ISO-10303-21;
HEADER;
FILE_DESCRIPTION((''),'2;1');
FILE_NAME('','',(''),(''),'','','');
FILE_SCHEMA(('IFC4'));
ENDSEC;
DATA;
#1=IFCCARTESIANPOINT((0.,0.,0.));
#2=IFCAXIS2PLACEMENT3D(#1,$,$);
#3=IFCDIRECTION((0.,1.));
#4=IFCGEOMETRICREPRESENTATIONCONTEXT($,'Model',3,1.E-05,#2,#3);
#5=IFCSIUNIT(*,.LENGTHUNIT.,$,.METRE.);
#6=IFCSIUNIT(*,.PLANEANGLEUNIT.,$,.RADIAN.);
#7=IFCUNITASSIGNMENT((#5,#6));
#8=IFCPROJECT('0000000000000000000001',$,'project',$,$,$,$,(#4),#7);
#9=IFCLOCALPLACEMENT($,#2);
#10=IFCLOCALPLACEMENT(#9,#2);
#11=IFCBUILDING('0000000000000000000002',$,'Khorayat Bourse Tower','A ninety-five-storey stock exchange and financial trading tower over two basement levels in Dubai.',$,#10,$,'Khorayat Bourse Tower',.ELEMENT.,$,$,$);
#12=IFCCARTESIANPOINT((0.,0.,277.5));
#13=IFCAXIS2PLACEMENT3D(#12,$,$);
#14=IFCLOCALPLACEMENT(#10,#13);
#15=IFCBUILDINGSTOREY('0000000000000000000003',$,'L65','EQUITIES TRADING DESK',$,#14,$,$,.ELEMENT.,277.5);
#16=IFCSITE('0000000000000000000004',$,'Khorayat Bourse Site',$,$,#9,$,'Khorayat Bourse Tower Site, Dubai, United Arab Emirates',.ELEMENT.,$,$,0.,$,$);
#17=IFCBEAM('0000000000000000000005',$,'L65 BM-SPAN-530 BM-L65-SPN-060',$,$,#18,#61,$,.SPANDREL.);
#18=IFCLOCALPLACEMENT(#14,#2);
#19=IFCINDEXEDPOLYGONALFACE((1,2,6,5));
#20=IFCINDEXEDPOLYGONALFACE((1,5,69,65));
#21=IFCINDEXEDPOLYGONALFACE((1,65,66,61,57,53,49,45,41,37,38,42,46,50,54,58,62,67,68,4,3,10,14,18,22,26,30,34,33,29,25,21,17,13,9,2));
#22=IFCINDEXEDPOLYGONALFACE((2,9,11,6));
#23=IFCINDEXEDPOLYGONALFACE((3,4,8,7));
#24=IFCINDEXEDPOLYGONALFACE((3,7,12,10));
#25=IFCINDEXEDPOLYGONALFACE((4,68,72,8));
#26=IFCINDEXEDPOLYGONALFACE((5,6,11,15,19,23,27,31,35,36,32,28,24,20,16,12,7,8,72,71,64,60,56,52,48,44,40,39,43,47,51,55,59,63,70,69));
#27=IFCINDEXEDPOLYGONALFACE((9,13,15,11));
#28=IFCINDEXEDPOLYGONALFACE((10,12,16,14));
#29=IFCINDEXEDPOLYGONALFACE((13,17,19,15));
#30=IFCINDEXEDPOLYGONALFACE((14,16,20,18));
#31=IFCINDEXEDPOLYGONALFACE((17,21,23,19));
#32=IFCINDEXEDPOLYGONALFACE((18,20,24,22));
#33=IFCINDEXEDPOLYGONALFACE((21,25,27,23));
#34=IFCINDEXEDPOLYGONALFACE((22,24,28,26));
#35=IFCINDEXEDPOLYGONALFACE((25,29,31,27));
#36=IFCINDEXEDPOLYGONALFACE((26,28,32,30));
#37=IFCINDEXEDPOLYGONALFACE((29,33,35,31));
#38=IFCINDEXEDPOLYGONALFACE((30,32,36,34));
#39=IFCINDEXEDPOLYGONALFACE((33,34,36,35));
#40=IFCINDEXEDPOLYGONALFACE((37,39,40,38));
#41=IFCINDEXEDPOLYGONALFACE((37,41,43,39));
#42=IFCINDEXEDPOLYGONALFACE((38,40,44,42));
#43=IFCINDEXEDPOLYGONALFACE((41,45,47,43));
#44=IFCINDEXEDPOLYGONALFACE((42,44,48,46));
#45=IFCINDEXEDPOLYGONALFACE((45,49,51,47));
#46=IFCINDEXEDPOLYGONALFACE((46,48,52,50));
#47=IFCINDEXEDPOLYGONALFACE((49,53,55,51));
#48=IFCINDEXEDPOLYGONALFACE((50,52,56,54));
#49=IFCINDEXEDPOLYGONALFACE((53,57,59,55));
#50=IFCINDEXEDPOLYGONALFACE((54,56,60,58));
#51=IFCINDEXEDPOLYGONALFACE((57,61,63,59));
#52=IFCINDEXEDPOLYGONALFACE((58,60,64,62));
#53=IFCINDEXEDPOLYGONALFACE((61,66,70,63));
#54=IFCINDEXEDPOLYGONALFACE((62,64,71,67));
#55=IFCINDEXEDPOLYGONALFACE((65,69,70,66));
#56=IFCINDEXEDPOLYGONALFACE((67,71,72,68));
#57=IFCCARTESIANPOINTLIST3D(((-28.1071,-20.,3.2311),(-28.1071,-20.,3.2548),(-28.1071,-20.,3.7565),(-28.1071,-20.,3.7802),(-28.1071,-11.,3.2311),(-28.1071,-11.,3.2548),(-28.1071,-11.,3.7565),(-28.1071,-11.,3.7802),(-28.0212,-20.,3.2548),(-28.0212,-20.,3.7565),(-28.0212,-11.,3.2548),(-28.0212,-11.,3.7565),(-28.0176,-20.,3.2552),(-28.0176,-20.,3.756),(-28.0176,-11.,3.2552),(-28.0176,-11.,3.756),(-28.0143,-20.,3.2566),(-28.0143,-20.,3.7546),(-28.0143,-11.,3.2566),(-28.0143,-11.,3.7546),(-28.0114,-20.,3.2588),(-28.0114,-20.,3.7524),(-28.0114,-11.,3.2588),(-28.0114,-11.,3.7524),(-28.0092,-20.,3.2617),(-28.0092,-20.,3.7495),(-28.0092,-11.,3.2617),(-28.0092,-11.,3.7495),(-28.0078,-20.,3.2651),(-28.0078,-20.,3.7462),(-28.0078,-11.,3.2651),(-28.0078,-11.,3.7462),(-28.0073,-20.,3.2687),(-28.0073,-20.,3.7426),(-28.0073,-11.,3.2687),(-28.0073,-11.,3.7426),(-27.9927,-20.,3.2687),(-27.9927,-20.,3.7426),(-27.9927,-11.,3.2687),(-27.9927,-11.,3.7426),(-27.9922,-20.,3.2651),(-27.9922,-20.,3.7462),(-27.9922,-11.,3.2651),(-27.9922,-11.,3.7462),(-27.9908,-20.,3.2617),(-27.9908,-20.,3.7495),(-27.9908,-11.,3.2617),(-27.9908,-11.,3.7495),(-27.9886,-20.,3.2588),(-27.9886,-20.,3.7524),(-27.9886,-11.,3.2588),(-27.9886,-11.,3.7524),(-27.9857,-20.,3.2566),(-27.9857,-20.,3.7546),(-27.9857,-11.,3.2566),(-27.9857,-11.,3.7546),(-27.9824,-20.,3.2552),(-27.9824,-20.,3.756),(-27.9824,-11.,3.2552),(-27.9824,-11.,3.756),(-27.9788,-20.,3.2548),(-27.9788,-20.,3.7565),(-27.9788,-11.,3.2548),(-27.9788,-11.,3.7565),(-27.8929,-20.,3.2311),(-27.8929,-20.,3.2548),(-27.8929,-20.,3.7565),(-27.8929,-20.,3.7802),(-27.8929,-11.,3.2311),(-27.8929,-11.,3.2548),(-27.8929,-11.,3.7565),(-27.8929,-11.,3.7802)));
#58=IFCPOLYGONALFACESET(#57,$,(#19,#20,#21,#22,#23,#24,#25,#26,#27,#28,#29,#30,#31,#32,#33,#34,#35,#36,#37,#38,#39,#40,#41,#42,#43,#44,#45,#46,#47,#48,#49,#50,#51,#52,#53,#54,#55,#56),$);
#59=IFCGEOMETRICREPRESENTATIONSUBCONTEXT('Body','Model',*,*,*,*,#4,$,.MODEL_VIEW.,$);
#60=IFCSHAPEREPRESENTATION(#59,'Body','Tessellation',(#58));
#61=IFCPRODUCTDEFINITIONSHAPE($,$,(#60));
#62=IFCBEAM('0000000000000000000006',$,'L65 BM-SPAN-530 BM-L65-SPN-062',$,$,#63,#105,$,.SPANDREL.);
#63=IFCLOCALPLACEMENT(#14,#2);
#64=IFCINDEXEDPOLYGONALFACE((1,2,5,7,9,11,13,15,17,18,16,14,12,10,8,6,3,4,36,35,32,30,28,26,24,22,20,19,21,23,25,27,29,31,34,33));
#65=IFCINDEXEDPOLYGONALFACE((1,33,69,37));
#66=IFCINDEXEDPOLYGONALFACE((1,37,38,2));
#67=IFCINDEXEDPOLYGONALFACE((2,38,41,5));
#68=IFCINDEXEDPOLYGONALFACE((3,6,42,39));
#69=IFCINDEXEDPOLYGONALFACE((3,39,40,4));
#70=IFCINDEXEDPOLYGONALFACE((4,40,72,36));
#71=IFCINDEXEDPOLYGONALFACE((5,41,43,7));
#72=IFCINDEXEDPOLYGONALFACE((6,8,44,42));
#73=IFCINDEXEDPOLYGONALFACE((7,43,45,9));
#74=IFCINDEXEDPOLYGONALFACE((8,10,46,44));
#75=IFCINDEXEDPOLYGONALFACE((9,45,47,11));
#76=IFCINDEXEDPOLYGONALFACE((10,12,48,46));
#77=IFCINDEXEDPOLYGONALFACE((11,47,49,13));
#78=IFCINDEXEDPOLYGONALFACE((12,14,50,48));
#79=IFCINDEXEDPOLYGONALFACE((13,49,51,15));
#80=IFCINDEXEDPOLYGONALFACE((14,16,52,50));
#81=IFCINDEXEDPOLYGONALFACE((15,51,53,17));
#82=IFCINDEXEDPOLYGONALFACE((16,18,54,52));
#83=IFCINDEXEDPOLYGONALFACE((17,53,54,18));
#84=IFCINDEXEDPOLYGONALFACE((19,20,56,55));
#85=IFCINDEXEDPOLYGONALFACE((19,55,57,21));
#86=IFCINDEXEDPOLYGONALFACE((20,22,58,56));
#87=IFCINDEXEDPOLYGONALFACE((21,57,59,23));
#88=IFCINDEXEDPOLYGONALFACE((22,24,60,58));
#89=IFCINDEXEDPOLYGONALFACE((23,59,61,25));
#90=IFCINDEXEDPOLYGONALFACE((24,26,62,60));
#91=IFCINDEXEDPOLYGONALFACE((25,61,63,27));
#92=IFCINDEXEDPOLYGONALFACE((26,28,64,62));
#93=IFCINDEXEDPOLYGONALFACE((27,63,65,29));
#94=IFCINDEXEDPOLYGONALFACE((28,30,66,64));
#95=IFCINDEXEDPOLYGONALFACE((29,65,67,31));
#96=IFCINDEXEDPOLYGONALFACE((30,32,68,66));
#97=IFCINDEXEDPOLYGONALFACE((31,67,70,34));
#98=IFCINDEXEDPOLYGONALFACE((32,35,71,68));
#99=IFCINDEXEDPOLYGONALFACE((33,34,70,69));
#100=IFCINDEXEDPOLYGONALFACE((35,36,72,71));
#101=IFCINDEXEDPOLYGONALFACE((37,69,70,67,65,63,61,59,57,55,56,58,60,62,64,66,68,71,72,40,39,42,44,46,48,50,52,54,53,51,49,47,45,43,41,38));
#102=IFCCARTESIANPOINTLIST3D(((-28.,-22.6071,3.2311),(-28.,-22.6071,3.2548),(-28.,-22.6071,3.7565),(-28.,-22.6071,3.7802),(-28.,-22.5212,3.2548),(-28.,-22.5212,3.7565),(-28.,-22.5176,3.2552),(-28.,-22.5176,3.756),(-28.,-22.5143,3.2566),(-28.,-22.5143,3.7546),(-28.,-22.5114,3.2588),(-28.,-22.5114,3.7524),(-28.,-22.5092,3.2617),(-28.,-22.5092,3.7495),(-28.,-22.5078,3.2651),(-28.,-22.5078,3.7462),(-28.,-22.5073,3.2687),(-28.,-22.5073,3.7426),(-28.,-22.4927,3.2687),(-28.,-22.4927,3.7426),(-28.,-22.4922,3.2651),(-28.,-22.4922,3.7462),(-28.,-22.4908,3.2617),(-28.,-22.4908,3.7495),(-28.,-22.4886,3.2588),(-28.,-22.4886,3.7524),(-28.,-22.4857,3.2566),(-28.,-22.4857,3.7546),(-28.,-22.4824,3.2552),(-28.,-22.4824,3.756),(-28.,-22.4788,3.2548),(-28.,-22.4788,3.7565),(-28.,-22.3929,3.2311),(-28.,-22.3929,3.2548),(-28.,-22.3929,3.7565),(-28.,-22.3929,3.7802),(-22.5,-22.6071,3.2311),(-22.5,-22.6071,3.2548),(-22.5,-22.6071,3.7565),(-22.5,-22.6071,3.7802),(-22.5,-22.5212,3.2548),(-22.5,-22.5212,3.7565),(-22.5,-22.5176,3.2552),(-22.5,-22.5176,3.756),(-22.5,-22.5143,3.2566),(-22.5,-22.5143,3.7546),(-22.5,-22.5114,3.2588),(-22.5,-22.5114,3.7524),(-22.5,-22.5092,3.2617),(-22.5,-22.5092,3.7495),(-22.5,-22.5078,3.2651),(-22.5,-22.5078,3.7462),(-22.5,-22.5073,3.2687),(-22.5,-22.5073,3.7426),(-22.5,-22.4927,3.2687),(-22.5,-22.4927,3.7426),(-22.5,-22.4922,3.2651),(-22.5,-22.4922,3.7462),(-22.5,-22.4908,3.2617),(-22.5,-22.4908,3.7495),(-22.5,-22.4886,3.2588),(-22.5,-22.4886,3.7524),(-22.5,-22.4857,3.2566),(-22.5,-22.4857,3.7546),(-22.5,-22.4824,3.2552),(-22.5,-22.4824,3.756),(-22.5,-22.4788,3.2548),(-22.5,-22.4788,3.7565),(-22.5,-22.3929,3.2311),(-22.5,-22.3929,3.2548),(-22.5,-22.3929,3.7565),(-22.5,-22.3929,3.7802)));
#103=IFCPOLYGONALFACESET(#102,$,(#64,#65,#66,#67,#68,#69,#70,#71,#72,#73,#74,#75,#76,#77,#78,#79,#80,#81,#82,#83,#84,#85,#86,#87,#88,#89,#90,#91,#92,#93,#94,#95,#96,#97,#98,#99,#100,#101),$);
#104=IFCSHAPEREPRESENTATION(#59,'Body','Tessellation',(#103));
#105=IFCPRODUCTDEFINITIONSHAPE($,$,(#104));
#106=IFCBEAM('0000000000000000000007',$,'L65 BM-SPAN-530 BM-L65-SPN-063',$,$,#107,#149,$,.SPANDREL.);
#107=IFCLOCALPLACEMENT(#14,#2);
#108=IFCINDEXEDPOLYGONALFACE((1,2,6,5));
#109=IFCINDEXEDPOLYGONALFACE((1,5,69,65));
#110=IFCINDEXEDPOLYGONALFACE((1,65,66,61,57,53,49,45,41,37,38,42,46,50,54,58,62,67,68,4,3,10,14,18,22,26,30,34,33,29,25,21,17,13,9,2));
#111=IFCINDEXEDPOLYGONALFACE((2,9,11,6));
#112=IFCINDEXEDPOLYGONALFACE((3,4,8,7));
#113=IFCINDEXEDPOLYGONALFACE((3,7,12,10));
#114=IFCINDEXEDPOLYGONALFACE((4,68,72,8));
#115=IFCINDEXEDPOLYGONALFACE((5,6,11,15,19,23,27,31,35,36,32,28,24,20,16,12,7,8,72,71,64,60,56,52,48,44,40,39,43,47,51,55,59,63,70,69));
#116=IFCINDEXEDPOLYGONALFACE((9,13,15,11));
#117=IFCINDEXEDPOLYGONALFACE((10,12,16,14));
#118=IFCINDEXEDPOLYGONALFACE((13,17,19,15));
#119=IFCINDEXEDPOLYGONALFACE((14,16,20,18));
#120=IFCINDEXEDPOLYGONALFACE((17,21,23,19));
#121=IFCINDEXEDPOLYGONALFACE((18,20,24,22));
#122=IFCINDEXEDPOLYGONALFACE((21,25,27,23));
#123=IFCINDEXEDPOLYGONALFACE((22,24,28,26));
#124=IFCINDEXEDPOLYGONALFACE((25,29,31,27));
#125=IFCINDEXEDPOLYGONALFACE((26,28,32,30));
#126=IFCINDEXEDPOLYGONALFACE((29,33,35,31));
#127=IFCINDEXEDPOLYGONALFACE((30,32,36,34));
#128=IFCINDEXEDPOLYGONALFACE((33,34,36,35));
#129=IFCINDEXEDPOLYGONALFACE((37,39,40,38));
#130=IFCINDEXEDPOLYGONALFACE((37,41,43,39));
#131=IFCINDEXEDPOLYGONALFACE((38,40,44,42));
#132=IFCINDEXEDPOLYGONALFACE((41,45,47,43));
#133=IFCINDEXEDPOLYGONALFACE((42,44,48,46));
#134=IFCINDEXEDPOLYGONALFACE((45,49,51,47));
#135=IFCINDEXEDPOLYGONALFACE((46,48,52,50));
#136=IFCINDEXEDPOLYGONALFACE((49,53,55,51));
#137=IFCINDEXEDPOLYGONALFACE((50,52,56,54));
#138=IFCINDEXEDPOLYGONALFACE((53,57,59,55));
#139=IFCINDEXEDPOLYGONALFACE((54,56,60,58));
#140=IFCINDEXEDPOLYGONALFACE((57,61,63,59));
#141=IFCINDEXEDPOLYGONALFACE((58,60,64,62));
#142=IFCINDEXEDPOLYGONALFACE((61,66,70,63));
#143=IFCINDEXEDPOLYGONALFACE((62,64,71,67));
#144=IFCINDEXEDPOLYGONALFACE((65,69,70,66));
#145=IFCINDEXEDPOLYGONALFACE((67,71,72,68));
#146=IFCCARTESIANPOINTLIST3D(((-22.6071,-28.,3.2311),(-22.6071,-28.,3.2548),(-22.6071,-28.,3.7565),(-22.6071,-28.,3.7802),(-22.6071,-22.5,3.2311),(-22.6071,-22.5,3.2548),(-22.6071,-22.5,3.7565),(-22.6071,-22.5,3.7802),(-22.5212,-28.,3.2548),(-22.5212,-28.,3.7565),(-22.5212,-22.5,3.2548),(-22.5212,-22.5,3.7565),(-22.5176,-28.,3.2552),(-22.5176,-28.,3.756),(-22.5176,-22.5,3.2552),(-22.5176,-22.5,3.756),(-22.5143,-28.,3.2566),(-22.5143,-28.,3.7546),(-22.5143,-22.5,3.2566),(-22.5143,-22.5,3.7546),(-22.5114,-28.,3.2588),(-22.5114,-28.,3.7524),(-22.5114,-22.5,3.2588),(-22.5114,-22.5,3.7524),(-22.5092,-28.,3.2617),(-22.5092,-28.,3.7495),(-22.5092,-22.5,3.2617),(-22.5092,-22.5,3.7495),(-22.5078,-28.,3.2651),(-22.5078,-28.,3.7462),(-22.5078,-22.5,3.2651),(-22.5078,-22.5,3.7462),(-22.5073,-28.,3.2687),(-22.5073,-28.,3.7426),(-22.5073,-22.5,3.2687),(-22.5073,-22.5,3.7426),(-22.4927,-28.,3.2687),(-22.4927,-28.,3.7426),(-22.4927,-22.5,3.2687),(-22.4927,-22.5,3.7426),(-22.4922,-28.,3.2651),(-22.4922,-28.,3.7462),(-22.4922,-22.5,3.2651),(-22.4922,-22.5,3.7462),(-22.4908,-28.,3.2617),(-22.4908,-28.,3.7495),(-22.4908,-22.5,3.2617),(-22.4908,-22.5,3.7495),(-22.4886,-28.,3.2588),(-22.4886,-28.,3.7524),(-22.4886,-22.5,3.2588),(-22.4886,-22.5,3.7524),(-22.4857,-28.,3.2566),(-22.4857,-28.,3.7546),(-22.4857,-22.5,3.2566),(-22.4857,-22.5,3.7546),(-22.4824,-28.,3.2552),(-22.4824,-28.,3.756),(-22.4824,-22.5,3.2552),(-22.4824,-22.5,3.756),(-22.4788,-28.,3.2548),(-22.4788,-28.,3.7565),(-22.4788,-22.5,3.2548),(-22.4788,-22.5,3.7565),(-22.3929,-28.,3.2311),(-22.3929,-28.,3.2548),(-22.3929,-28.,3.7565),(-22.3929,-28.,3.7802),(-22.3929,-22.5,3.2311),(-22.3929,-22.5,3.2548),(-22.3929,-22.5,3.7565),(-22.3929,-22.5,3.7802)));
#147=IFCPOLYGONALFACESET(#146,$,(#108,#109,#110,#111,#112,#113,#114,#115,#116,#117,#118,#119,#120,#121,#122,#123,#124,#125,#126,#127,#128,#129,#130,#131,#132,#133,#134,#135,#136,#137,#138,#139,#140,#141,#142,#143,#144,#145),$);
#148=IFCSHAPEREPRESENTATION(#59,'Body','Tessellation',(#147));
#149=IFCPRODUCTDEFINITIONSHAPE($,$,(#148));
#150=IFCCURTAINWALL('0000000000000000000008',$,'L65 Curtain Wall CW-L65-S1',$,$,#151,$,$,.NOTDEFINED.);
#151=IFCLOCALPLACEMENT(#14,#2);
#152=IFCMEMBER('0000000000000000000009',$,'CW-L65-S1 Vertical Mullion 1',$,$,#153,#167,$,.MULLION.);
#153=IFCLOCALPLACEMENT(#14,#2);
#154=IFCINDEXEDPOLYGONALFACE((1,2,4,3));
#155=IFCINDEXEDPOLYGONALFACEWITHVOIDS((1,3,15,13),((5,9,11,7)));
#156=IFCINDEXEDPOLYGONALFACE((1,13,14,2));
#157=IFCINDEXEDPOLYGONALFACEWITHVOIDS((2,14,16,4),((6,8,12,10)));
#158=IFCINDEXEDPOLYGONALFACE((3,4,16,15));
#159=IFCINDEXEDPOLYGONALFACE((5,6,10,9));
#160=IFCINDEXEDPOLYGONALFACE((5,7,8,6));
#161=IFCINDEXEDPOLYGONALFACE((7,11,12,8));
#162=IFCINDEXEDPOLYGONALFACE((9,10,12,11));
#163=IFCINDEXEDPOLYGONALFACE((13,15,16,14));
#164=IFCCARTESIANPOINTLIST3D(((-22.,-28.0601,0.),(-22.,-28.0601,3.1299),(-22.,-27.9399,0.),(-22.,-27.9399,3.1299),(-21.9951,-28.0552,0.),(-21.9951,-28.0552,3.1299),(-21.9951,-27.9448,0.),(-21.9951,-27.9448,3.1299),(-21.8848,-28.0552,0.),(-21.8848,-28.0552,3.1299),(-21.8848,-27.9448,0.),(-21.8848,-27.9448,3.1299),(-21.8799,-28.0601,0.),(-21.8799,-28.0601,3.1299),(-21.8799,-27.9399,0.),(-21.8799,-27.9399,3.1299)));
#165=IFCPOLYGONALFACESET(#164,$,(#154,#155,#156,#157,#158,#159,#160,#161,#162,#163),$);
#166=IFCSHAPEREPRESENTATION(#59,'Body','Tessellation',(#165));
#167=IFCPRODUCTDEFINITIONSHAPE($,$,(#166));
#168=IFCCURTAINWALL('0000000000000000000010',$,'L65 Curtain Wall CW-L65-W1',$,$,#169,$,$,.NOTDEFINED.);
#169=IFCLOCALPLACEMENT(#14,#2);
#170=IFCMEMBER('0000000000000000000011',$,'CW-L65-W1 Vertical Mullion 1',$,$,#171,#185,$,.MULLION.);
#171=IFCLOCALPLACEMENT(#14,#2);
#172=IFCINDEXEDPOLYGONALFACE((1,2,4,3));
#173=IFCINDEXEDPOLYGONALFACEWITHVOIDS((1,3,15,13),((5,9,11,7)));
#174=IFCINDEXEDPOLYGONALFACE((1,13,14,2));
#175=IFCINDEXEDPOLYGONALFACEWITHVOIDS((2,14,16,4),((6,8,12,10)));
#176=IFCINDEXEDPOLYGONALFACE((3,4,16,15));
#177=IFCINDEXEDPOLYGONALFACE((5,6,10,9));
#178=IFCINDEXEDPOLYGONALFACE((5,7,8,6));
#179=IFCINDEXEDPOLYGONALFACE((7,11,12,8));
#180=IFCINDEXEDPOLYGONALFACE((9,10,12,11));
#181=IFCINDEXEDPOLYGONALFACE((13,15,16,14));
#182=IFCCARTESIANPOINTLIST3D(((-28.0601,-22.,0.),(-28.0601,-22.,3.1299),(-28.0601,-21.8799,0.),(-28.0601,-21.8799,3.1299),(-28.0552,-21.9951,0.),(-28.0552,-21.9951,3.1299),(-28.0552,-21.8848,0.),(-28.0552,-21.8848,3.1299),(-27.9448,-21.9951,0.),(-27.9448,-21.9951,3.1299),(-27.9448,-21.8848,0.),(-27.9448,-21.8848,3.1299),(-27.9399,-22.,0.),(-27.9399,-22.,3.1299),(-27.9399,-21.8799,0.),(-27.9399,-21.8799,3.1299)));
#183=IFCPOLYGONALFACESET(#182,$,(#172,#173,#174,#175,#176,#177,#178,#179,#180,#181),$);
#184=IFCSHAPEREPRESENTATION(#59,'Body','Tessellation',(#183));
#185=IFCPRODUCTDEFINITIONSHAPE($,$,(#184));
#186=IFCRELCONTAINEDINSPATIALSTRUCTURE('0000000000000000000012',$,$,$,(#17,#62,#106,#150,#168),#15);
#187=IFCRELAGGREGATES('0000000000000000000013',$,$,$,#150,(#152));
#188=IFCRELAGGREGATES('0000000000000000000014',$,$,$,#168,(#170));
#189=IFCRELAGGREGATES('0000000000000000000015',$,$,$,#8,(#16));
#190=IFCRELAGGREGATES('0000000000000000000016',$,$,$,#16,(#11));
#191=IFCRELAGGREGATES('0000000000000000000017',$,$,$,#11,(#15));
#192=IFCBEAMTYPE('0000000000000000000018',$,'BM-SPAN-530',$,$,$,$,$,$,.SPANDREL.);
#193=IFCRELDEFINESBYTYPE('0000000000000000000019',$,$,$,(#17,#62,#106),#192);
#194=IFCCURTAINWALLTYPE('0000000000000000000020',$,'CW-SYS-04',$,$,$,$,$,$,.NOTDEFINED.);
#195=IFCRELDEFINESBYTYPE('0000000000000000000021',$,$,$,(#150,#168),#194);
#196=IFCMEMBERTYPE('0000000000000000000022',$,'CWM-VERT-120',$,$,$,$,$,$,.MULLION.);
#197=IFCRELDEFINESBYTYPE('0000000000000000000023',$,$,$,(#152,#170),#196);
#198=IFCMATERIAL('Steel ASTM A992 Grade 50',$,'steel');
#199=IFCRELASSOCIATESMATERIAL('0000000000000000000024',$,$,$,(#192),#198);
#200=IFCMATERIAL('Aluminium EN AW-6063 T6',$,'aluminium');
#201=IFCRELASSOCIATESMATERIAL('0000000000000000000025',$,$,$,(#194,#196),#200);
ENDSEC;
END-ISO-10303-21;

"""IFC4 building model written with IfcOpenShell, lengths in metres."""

from ifc_helpers import new_model, si_unit, direction, frame, origin, origin_2d, place, context, subcontext, project, spatial, hollow_rectangle, i_section, extrude, source, transform, mapped, material, material_profile, profile_set, type_object, element, aggregate, save


model = new_model("IFC4")

# Units and contexts
model_context = context("Model", 3, precision=1e-05, world=origin(), true_north=direction((0.0, 1.0)))
body_context = subcontext(model_context, "Body", "Model", "MODEL_VIEW")
ifc_project = project(units=[si_unit("LENGTHUNIT", "METRE"), si_unit("PLANEANGLEUNIT", "RADIAN")], contexts=[model_context])

# Site, building, storey
site_placement = place(None, origin())
site = spatial("IfcSite", under=ifc_project, at=site_placement, Name="Khorayat Bourse Site", LongName="Khorayat Bourse Tower Site, Dubai, United Arab Emirates", CompositionType="ELEMENT", RefElevation=0.0)
building_placement = place(site_placement, origin())
building = spatial("IfcBuilding", under=site, at=building_placement, Name="Khorayat Bourse Tower", Description="A ninety-five-storey stock exchange and financial trading tower over two basement levels in Dubai.", LongName="Khorayat Bourse Tower", CompositionType="ELEMENT")
storey_placement = place(building_placement, frame((0.0, 0.0, 277.5)))
storey = spatial("IfcBuildingStorey", under=building, at=storey_placement, Name="L65", Description="EQUITIES TRADING DESK", CompositionType="ELEMENT", Elevation=277.5)

# Beams
ifc_material_1 = material(Name="Steel ASTM A992 Grade 50", Category="steel")
ifc_material_profile_1 = material_profile(ifc_material_1, i_section(OverallWidth=0.2141, OverallDepth=0.5491, WebThickness=0.0146, FlangeThickness=0.0237, FilletRadius=0.0139, at=origin_2d()), Name="W530X138")
ifc_profile_set_1 = profile_set([ifc_material_profile_1], Name="Steel ASTM A992 Grade 50")
beam_type_1 = type_object("IfcBeamType", Name="BM-SPAN-530", PredefinedType="SPANDREL", material=ifc_profile_set_1)
shared_shape_1 = source(origin(), body_context, "Body", "SweptSolid", [
    extrude(i_section(OverallWidth=0.2141, OverallDepth=0.5491, WebThickness=0.0146, FlangeThickness=0.0237, FilletRadius=0.0139, at=origin_2d()), origin(), (0.0, 0.0, 1.0), 9.0),
])
for number, where, z_axis, x_axis, name in (
    (1, (-28.0, -20.0, 3.5056), (0.0, 1.0, 0.0), (-1.0, 0.0, 0.0), "L65 BM-SPAN-530 BM-L65-SPN-060"),
):
    element("IfcBeam", number, at=place(storey_placement, frame(where, z_axis=z_axis, x_axis=x_axis)), inside=storey, type_object=beam_type_1, Name=name, PredefinedType="SPANDREL", context=body_context, shape_type="MappedRepresentation", body=[
        mapped(shared_shape_1, transform((0.0, 0.0, 0.0), scale=1.0)),
    ])
shared_shape_2 = source(origin(), body_context, "Body", "SweptSolid", [
    extrude(i_section(OverallWidth=0.2141, OverallDepth=0.5491, WebThickness=0.0146, FlangeThickness=0.0237, FilletRadius=0.0139, at=origin_2d()), origin(), (0.0, 0.0, 1.0), 5.5),
])
for number, where, z_axis, x_axis, name in (
    (2, (-28.0, -22.5, 3.5056), (1.0, 0.0, 0.0), (0.0, 1.0, 0.0), "L65 BM-SPAN-530 BM-L65-SPN-062"),
    (3, (-22.5, -28.0, 3.5056), (0.0, 1.0, 0.0), (-1.0, 0.0, 0.0), "L65 BM-SPAN-530 BM-L65-SPN-063"),
):
    element("IfcBeam", number, at=place(storey_placement, frame(where, z_axis=z_axis, x_axis=x_axis)), inside=storey, type_object=beam_type_1, Name=name, PredefinedType="SPANDREL", context=body_context, shape_type="MappedRepresentation", body=[
        mapped(shared_shape_2, transform((0.0, 0.0, 0.0), scale=1.0)),
    ])

# Curtain walls, members
ifc_material_2 = material(Name="Aluminium EN AW-6063 T6", Category="aluminium")
curtain_wall_type = type_object("IfcCurtainWallType", Name="CW-SYS-04", PredefinedType="NOTDEFINED", material=ifc_material_2)
curtain_wall_1_placement = place(storey_placement, origin())
curtain_wall_1 = element("IfcCurtainWall", 4, at=curtain_wall_1_placement, inside=storey, type_object=curtain_wall_type, Name="L65 Curtain Wall CW-L65-S1", PredefinedType="NOTDEFINED")
ifc_material_profile_2 = material_profile(ifc_material_2, hollow_rectangle(XDim=0.1201, YDim=0.1201, WallThickness=0.0049, at=origin_2d()), Name="ALU 120x120x5")
ifc_profile_set_2 = profile_set([ifc_material_profile_2], Name="Aluminium EN AW-6063 T6")
member_type_1 = type_object("IfcMemberType", Name="CWM-VERT-120", PredefinedType="MULLION", material=ifc_profile_set_2)
shared_shape_3 = source(origin(), body_context, "Body", "SweptSolid", [
    extrude(hollow_rectangle(XDim=0.1201, YDim=0.1201, WallThickness=0.0049, at=origin_2d()), origin(), (0.0, 0.0, 1.0), 3.1299),
])
member_1_placement = place(storey_placement, frame((-21.9399, -28.0, 0.0), z_axis=(0.0, 0.0, 1.0), x_axis=(0.0, 1.0, 0.0)))
member_1 = element("IfcMember", 5, at=member_1_placement, type_object=member_type_1, Name="CW-L65-S1 Vertical Mullion 1", PredefinedType="MULLION", context=body_context, shape_type="MappedRepresentation", body=[
    mapped(shared_shape_3, transform((0.0, 0.0, 0.0), scale=1.0)),
])
curtain_wall_2_placement = place(storey_placement, origin())
curtain_wall_2 = element("IfcCurtainWall", 6, at=curtain_wall_2_placement, inside=storey, type_object=curtain_wall_type, Name="L65 Curtain Wall CW-L65-W1", PredefinedType="NOTDEFINED")
member_2_placement = place(storey_placement, frame((-28.0, -21.9399, 0.0), z_axis=(0.0, 0.0, 1.0), x_axis=(-1.0, 0.0, 0.0)))
member_2 = element("IfcMember", 7, at=member_2_placement, type_object=member_type_1, Name="CW-L65-W1 Vertical Mullion 1", PredefinedType="MULLION", context=body_context, shape_type="MappedRepresentation", body=[
    mapped(shared_shape_3, transform((0.0, 0.0, 0.0), scale=1.0)),
])

aggregate(curtain_wall_1, [member_1])
aggregate(curtain_wall_2, [member_2])

save(model, "model.ifc")
